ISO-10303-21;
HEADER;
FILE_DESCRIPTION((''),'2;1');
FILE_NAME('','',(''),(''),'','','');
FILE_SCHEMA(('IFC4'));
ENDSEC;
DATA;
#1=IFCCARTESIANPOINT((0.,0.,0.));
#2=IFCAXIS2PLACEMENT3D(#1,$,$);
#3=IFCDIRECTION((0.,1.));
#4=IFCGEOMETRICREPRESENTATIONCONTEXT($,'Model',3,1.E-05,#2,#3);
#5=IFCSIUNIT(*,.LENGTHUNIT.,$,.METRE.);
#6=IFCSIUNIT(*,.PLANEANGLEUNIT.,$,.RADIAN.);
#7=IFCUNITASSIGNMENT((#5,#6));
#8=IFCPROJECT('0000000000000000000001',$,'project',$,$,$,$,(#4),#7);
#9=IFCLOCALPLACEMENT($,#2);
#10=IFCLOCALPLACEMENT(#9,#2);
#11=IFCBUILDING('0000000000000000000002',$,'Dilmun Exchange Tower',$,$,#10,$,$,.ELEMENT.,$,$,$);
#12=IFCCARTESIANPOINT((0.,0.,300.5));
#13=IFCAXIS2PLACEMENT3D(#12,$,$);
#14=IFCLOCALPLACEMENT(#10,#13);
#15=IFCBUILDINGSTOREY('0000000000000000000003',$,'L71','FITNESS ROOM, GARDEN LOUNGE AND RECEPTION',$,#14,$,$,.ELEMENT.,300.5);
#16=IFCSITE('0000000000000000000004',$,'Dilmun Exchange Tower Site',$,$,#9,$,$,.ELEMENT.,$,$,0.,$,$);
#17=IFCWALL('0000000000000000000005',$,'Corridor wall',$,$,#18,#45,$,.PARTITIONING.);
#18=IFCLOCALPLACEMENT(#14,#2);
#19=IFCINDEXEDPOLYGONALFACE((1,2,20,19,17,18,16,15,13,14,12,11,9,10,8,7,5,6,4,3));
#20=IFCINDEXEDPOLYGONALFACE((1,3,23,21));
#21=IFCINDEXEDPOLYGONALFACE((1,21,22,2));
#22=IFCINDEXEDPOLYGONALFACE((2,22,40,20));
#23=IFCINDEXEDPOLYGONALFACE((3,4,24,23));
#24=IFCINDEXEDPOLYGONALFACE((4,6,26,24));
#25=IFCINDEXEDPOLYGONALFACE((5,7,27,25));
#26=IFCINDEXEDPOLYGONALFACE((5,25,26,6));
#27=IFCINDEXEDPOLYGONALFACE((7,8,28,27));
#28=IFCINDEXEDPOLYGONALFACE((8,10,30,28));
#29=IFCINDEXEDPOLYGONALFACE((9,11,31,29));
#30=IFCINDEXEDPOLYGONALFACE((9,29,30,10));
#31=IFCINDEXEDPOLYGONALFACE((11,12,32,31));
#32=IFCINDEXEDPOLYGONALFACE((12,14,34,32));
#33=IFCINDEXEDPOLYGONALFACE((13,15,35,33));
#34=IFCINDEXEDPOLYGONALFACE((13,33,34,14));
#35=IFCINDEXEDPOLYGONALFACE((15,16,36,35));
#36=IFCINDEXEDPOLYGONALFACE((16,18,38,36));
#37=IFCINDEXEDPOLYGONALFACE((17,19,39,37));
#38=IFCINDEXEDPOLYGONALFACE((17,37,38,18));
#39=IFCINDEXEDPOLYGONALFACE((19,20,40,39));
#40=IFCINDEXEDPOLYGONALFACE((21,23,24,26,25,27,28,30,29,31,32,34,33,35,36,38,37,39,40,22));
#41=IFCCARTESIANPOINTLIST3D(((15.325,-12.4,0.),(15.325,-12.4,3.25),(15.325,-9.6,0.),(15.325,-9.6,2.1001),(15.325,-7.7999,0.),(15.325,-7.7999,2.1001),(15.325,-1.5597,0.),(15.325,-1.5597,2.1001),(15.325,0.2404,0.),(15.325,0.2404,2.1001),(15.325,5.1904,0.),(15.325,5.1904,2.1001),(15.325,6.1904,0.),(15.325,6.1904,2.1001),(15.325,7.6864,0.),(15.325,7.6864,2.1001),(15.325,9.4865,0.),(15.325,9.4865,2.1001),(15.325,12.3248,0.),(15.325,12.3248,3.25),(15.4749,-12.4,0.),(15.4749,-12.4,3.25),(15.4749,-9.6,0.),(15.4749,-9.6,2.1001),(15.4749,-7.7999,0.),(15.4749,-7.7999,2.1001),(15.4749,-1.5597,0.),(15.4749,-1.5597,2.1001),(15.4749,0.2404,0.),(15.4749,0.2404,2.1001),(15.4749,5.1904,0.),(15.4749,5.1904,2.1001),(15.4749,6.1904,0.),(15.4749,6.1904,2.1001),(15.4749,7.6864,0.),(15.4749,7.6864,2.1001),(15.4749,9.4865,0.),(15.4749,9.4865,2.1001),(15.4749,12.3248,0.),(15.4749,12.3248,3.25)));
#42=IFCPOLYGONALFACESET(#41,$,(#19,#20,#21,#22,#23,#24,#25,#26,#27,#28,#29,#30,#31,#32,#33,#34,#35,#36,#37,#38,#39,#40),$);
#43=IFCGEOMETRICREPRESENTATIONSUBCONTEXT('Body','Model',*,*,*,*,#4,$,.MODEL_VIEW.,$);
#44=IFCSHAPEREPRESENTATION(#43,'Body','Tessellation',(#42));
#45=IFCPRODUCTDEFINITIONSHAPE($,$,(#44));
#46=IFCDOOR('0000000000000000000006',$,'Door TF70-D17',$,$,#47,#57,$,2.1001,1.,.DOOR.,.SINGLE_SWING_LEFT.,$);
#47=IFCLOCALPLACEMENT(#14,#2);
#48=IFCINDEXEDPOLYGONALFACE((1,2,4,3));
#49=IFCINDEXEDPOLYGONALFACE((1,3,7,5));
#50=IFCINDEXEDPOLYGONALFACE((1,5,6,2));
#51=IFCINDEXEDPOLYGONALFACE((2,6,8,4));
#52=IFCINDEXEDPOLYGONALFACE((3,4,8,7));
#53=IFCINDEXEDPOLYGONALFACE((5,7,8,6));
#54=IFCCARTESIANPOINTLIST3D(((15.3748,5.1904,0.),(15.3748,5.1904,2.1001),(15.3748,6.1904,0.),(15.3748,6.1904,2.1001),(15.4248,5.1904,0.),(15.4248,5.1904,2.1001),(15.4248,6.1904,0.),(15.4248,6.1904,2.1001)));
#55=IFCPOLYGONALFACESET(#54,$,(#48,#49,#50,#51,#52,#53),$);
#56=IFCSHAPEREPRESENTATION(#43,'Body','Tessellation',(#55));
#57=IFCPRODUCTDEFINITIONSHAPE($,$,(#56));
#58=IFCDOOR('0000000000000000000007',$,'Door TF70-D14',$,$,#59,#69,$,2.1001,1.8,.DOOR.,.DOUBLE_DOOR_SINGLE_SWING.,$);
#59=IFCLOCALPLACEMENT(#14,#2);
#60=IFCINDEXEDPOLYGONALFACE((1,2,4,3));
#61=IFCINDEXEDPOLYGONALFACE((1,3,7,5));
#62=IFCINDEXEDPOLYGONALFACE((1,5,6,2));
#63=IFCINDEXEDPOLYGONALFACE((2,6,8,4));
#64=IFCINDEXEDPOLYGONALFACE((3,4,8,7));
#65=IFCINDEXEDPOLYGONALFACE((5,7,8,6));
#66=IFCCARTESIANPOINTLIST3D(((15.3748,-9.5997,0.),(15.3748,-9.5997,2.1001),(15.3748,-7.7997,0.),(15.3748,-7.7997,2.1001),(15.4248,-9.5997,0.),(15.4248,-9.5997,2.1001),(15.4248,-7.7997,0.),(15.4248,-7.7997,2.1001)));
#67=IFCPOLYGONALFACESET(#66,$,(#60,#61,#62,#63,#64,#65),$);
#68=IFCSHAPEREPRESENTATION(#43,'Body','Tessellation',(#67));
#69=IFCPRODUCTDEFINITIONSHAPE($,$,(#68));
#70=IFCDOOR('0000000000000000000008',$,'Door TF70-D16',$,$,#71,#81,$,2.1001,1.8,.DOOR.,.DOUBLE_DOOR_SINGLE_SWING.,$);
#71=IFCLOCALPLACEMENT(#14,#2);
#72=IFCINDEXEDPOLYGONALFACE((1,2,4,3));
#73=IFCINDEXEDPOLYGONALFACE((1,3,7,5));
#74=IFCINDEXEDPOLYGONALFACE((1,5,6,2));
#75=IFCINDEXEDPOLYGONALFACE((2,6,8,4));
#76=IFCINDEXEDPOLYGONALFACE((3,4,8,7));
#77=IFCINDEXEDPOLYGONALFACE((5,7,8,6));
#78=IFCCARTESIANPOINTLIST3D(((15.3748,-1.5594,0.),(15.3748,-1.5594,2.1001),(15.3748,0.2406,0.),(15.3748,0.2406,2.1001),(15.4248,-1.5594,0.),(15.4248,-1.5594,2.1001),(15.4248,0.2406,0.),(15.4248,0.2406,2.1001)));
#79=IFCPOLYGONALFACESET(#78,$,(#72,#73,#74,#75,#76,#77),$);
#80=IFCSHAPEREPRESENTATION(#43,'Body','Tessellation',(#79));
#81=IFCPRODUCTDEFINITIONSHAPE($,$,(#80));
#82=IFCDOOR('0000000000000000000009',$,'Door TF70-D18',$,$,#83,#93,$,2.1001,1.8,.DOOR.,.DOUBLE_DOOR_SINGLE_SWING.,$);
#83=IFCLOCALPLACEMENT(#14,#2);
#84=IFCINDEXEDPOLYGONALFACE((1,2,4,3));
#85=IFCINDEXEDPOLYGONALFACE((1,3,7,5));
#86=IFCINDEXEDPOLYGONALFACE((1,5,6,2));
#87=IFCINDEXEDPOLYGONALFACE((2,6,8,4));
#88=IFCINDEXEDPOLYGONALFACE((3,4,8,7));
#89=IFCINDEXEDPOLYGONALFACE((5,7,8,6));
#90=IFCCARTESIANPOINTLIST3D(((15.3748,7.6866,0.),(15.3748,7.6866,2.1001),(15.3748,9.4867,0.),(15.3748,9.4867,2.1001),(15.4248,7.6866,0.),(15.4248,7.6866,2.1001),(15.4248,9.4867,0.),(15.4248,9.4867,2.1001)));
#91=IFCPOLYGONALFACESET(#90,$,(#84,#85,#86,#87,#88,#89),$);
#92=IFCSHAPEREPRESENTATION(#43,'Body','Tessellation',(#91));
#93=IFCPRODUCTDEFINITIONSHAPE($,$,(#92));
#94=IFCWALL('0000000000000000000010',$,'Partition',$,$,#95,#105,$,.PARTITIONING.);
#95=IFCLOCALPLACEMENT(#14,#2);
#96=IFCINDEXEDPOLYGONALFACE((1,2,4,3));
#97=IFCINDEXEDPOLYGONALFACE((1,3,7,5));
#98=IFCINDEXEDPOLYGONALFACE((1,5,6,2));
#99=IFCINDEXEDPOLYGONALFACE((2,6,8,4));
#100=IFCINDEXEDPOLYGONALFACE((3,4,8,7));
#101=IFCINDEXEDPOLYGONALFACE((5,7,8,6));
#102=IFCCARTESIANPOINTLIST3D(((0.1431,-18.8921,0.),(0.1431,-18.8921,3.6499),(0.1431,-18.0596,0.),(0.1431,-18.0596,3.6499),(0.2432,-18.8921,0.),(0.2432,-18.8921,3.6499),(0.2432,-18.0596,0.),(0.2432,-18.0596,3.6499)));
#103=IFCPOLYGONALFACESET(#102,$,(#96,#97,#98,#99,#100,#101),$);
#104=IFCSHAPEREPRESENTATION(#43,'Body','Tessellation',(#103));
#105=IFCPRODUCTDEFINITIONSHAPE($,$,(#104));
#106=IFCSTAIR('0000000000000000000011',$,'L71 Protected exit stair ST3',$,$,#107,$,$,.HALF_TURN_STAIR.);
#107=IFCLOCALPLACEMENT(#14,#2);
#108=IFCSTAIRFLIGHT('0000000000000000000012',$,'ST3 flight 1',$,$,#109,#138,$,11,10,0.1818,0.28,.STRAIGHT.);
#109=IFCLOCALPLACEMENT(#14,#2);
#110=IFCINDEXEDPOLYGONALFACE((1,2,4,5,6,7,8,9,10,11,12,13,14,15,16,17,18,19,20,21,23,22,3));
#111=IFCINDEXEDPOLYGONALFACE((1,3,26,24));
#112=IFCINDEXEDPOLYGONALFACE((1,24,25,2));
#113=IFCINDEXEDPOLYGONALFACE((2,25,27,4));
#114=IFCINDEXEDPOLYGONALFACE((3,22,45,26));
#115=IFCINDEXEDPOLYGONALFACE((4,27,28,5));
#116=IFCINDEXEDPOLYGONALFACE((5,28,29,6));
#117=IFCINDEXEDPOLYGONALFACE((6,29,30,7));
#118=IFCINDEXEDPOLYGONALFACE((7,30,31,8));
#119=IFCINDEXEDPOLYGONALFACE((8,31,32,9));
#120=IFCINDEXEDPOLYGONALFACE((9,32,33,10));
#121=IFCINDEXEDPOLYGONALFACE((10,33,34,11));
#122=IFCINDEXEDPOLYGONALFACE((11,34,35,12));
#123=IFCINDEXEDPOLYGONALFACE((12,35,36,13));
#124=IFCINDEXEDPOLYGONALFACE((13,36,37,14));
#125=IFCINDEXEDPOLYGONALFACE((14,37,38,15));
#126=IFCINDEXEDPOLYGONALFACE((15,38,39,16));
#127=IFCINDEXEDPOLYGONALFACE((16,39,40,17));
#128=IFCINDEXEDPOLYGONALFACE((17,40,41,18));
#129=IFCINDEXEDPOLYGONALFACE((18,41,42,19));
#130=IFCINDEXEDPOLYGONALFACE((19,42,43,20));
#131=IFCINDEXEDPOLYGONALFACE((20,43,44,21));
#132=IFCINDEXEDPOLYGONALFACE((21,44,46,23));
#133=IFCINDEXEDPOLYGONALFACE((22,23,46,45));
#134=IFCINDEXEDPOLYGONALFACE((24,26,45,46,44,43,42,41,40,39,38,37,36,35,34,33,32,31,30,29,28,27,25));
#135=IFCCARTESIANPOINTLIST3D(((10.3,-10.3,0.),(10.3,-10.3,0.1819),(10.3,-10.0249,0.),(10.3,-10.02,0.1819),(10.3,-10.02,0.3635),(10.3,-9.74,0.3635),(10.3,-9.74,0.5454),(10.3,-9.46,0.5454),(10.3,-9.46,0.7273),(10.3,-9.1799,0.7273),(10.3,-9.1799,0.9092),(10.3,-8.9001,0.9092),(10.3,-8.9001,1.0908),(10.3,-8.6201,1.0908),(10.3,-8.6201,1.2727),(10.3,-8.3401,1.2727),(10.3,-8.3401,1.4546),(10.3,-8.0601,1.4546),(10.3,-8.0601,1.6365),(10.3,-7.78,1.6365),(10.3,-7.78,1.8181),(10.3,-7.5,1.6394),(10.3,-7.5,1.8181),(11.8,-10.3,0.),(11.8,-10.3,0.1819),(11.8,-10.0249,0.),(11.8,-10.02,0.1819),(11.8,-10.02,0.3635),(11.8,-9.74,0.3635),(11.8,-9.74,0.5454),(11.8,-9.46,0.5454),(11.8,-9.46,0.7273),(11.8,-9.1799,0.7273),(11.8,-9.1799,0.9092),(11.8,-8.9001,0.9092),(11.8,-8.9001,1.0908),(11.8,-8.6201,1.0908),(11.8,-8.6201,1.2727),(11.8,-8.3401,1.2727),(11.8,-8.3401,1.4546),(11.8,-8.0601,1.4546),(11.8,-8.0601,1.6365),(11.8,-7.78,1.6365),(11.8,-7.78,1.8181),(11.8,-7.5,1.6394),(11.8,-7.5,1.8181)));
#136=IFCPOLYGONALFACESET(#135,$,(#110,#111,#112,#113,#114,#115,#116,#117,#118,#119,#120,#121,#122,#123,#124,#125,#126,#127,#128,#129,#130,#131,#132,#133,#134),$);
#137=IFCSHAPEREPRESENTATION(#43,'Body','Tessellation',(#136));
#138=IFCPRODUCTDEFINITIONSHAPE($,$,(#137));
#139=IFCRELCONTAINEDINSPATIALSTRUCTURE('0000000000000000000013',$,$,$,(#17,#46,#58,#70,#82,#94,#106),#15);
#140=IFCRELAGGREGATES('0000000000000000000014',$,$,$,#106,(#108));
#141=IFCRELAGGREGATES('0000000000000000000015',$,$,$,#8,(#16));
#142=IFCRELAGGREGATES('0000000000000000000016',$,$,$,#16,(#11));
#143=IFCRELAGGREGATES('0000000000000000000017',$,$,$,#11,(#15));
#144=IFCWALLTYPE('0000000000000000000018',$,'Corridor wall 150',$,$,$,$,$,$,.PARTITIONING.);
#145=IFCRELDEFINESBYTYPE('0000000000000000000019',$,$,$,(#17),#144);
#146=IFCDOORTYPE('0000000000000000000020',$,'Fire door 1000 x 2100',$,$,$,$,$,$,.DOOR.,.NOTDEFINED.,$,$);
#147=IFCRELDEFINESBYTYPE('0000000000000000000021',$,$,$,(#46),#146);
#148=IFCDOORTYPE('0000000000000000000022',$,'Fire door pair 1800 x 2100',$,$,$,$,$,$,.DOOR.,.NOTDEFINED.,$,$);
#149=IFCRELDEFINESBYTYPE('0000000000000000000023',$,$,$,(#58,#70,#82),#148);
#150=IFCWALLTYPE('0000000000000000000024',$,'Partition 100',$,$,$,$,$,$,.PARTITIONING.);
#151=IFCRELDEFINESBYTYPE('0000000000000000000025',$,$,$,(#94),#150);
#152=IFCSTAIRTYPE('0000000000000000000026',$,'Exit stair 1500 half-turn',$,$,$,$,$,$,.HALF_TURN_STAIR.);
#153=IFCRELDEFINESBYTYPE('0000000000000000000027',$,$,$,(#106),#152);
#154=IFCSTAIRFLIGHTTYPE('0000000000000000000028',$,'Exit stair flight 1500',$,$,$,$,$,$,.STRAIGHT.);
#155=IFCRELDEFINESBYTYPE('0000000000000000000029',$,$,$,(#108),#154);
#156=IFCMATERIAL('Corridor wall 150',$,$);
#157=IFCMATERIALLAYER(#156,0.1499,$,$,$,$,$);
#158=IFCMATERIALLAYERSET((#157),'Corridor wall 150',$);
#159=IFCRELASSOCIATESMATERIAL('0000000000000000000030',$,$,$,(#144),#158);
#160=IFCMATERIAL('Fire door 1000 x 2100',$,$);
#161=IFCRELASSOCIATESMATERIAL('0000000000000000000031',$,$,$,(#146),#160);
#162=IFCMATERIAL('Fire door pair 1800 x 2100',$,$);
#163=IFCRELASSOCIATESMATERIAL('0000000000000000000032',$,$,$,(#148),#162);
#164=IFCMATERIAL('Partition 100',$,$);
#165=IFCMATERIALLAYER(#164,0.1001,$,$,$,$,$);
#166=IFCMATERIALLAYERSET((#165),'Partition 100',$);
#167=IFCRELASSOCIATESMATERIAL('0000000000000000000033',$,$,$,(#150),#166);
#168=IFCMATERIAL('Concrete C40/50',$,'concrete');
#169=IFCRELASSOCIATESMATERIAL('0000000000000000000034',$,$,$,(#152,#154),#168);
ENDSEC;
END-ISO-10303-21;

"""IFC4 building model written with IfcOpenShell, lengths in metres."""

from ifc_helpers import new_model, si_unit, direction, frame, frame_2d, origin, place, context, subcontext, project, spatial, polyline, rectangle, outline, extrude, material, layer, layer_set, type_object, element, fill, aggregate, save


model = new_model("IFC4")

# Units and contexts
model_context = context("Model", 3, precision=1e-05, world=origin(), true_north=direction((0.0, 1.0)))
body_context = subcontext(model_context, "Body", "Model", "MODEL_VIEW")
ifc_project = project(units=[si_unit("LENGTHUNIT", "METRE"), si_unit("PLANEANGLEUNIT", "RADIAN")], contexts=[model_context])

# Site, building, storey
site_placement = place(None, origin())
site = spatial("IfcSite", under=ifc_project, at=site_placement, Name="Dilmun Exchange Tower Site", CompositionType="ELEMENT", RefElevation=0.0)
building_placement = place(site_placement, origin())
building = spatial("IfcBuilding", under=site, at=building_placement, Name="Dilmun Exchange Tower", CompositionType="ELEMENT")
storey_placement = place(building_placement, frame((0.0, 0.0, 300.5)))
storey = spatial("IfcBuildingStorey", under=building, at=storey_placement, Name="L71", Description="FITNESS ROOM, GARDEN LOUNGE AND RECEPTION", CompositionType="ELEMENT", Elevation=300.5)

# Shared definitions
ifc_material_1 = material(Name="Concrete C40/50", Category="concrete")

# Shared definitions
ifc_material_2 = material(Name="Corridor wall 150")
ifc_layer_1 = layer(ifc_material_2, 0.1499)
ifc_layer_set_1 = layer_set([ifc_layer_1], Name="Corridor wall 150")
wall_type_1 = type_object("IfcWallType", Name="Corridor wall 150", PredefinedType="PARTITIONING", material=ifc_layer_set_1)

# Shared definitions
ifc_material_3 = material(Name="Fire door 1000 x 2100")
door_type_1 = type_object("IfcDoorType", Name="Fire door 1000 x 2100", OperationType="NOTDEFINED", PredefinedType="DOOR", material=ifc_material_3)

# Wall, openings, doors
wall_1_placement = place(storey_placement, frame((15.3999, -12.3999, 0.0), z_axis=(0.0, 0.0, 1.0), x_axis=(0.0, 1.0, 0.0)))
wall_1 = element("IfcWall", 1, at=wall_1_placement, inside=storey, type_object=wall_type_1, Name="Corridor wall", PredefinedType="PARTITIONING", context=body_context, shape_type="SweptSolid", body=[
    extrude(rectangle(XDim=24.7249, YDim=0.1499, at=frame_2d((12.3623, 0.0))), origin(), (0.0, 0.0, 1.0), 3.25),
])
opening_1_placement = place(wall_1_placement, frame((2.8, 0.0, 0.0)))
opening_1 = element("IfcOpeningElement", 2, at=opening_1_placement, cuts=wall_1, PredefinedType="OPENING", context=body_context, shape_type="SweptSolid", body=[
    extrude(rectangle(XDim=1.8, YDim=2.1001, at=frame_2d((0.8999, 1.05))), frame((0.0, 0.085, 0.0), z_axis=(0.0, -1.0, 0.0), x_axis=(1.0, 0.0, 0.0)), (0.0, 0.0, 1.0), 0.1699),
])
opening_2_placement = place(wall_1_placement, frame((10.8403, 0.0, 0.0)))
opening_2 = element("IfcOpeningElement", 3, at=opening_2_placement, cuts=wall_1, PredefinedType="OPENING", context=body_context, shape_type="SweptSolid", body=[
    extrude(rectangle(XDim=1.8, YDim=2.1001, at=frame_2d((0.8999, 1.05))), frame((0.0, 0.085, 0.0), z_axis=(0.0, -1.0, 0.0), x_axis=(1.0, 0.0, 0.0)), (0.0, 0.0, 1.0), 0.1699),
])
opening_3_placement = place(wall_1_placement, frame((17.5903, 0.0, 0.0)))
opening_3 = element("IfcOpeningElement", 4, at=opening_3_placement, cuts=wall_1, PredefinedType="OPENING", context=body_context, shape_type="SweptSolid", body=[
    extrude(rectangle(XDim=1.0, YDim=2.1001, at=frame_2d((0.5, 1.05))), frame((0.0, 0.085, 0.0), z_axis=(0.0, -1.0, 0.0), x_axis=(1.0, 0.0, 0.0)), (0.0, 0.0, 1.0), 0.1699),
])
opening_4_placement = place(wall_1_placement, frame((20.0864, 0.0, 0.0)))
opening_4 = element("IfcOpeningElement", 5, at=opening_4_placement, cuts=wall_1, PredefinedType="OPENING", context=body_context, shape_type="SweptSolid", body=[
    extrude(rectangle(XDim=1.8, YDim=2.1001, at=frame_2d((0.8999, 1.05))), frame((0.0, 0.085, 0.0), z_axis=(0.0, -1.0, 0.0), x_axis=(1.0, 0.0, 0.0)), (0.0, 0.0, 1.0), 0.1699),
])
door_1_placement = place(opening_3_placement, frame((1.0, 0.0, 0.0), z_axis=(0.0, 0.0, 1.0), x_axis=(-1.0, 0.0, 0.0)))
door_1 = element("IfcDoor", 6, at=door_1_placement, inside=storey, type_object=door_type_1, Name="Door TF70-D17", OperationType="SINGLE_SWING_LEFT", OverallHeight=2.1001, OverallWidth=1.0, PredefinedType="DOOR", context=body_context, shape_type="SweptSolid", body=[
    extrude(rectangle(XDim=1.0, YDim=2.1001, at=frame_2d((0.5, 1.05))), frame((0.0, 0.0249, 0.0), z_axis=(0.0, -1.0, 0.0), x_axis=(1.0, 0.0, 0.0)), (0.0, 0.0, 1.0), 0.05),
])
fill(opening_3, door_1)
ifc_material_4 = material(Name="Fire door pair 1800 x 2100")
door_type_2 = type_object("IfcDoorType", Name="Fire door pair 1800 x 2100", OperationType="NOTDEFINED", PredefinedType="DOOR", material=ifc_material_4)
door_2_placement = place(opening_1_placement, frame((1.8, 0.0, 0.0), z_axis=(0.0, 0.0, 1.0), x_axis=(-1.0, 0.0, 0.0)))
door_2 = element("IfcDoor", 7, at=door_2_placement, inside=storey, type_object=door_type_2, Name="Door TF70-D14", OperationType="DOUBLE_DOOR_SINGLE_SWING", OverallHeight=2.1001, OverallWidth=1.8, PredefinedType="DOOR", context=body_context, shape_type="SweptSolid", body=[
    extrude(rectangle(XDim=1.8, YDim=2.1001, at=frame_2d((0.8999, 1.05))), frame((0.0, 0.0249, 0.0), z_axis=(0.0, -1.0, 0.0), x_axis=(1.0, 0.0, 0.0)), (0.0, 0.0, 1.0), 0.05),
])
fill(opening_1, door_2)
door_3_placement = place(opening_2_placement, frame((1.8, 0.0, 0.0), z_axis=(0.0, 0.0, 1.0), x_axis=(-1.0, 0.0, 0.0)))
door_3 = element("IfcDoor", 8, at=door_3_placement, inside=storey, type_object=door_type_2, Name="Door TF70-D16", OperationType="DOUBLE_DOOR_SINGLE_SWING", OverallHeight=2.1001, OverallWidth=1.8, PredefinedType="DOOR", context=body_context, shape_type="SweptSolid", body=[
    extrude(rectangle(XDim=1.8, YDim=2.1001, at=frame_2d((0.8999, 1.05))), frame((0.0, 0.0249, 0.0), z_axis=(0.0, -1.0, 0.0), x_axis=(1.0, 0.0, 0.0)), (0.0, 0.0, 1.0), 0.05),
])
fill(opening_2, door_3)
door_4_placement = place(opening_4_placement, frame((1.8, 0.0, 0.0), z_axis=(0.0, 0.0, 1.0), x_axis=(-1.0, 0.0, 0.0)))
door_4 = element("IfcDoor", 9, at=door_4_placement, inside=storey, type_object=door_type_2, Name="Door TF70-D18", OperationType="DOUBLE_DOOR_SINGLE_SWING", OverallHeight=2.1001, OverallWidth=1.8, PredefinedType="DOOR", context=body_context, shape_type="SweptSolid", body=[
    extrude(rectangle(XDim=1.8, YDim=2.1001, at=frame_2d((0.8999, 1.05))), frame((0.0, 0.0249, 0.0), z_axis=(0.0, -1.0, 0.0), x_axis=(1.0, 0.0, 0.0)), (0.0, 0.0, 1.0), 0.05),
])
fill(opening_4, door_4)

# Wall
ifc_material_5 = material(Name="Partition 100")
ifc_layer_2 = layer(ifc_material_5, 0.1001)
ifc_layer_set_2 = layer_set([ifc_layer_2], Name="Partition 100")
wall_type_2 = type_object("IfcWallType", Name="Partition 100", PredefinedType="PARTITIONING", material=ifc_layer_set_2)
wall_2_placement = place(storey_placement, frame((0.1931, -18.8921, 0.0), z_axis=(0.0, 0.0, 1.0), x_axis=(0.0, 1.0, 0.0)))
element("IfcWall", 10, at=wall_2_placement, inside=storey, type_object=wall_type_2, Name="Partition", PredefinedType="PARTITIONING", context=body_context, shape_type="SweptSolid", body=[
    extrude(rectangle(XDim=0.8325, YDim=0.1001, at=frame_2d((0.4163, 0.0))), origin(), (0.0, 0.0, 1.0), 3.6499),
])

# Stair, stair flight
stair_type = type_object("IfcStairType", Name="Exit stair 1500 half-turn", PredefinedType="HALF_TURN_STAIR", material=ifc_material_1)
stair_placement = place(storey_placement, origin())
stair = element("IfcStair", 11, at=stair_placement, inside=storey, type_object=stair_type, Name="L71 Protected exit stair ST3", PredefinedType="HALF_TURN_STAIR")
stair_flight_type = type_object("IfcStairFlightType", Name="Exit stair flight 1500", PredefinedType="STRAIGHT", material=ifc_material_1)
stair_flight_placement = place(storey_placement, frame((11.05, -10.3, 0.0), z_axis=(0.0, 0.0, 1.0), x_axis=(0.0, 1.0, 0.0)))
stair_flight = element("IfcStairFlight", 12, at=stair_flight_placement, type_object=stair_flight_type, Name="ST3 flight 1", NumberOfRisers=11, NumberOfTreads=10, PredefinedType="STRAIGHT", RiserHeight=0.1818, TreadLength=0.28, context=body_context, shape_type="SweptSolid", body=[
    extrude(outline(polyline([(0.0, 0.0), (0.0, 0.1819), (0.28, 0.1819), (0.28, 0.3635), (0.5601, 0.3635), (0.5601, 0.5454), (0.8401, 0.5454), (0.8401, 0.7273), (1.1201, 0.7273), (1.1201, 0.9092), (1.3999, 0.9092), (1.3999, 1.0908), (1.6799, 1.0908), (1.6799, 1.2727), (1.96, 1.2727), (1.96, 1.4546), (2.24, 1.4546), (2.24, 1.6365), (2.52, 1.6365), (2.52, 1.8181), (2.8, 1.8181), (2.8, 2.0), (2.8, 1.6394), (0.2751, 0.0), (0.0, 0.0)])), frame((0.0, 0.75, 0.0), z_axis=(0.0, -1.0, 0.0), x_axis=(1.0, 0.0, 0.0)), (0.0, 0.0, 1.0), 1.5),
])
aggregate(stair, [stair_flight])

save(model, "model.ifc")
